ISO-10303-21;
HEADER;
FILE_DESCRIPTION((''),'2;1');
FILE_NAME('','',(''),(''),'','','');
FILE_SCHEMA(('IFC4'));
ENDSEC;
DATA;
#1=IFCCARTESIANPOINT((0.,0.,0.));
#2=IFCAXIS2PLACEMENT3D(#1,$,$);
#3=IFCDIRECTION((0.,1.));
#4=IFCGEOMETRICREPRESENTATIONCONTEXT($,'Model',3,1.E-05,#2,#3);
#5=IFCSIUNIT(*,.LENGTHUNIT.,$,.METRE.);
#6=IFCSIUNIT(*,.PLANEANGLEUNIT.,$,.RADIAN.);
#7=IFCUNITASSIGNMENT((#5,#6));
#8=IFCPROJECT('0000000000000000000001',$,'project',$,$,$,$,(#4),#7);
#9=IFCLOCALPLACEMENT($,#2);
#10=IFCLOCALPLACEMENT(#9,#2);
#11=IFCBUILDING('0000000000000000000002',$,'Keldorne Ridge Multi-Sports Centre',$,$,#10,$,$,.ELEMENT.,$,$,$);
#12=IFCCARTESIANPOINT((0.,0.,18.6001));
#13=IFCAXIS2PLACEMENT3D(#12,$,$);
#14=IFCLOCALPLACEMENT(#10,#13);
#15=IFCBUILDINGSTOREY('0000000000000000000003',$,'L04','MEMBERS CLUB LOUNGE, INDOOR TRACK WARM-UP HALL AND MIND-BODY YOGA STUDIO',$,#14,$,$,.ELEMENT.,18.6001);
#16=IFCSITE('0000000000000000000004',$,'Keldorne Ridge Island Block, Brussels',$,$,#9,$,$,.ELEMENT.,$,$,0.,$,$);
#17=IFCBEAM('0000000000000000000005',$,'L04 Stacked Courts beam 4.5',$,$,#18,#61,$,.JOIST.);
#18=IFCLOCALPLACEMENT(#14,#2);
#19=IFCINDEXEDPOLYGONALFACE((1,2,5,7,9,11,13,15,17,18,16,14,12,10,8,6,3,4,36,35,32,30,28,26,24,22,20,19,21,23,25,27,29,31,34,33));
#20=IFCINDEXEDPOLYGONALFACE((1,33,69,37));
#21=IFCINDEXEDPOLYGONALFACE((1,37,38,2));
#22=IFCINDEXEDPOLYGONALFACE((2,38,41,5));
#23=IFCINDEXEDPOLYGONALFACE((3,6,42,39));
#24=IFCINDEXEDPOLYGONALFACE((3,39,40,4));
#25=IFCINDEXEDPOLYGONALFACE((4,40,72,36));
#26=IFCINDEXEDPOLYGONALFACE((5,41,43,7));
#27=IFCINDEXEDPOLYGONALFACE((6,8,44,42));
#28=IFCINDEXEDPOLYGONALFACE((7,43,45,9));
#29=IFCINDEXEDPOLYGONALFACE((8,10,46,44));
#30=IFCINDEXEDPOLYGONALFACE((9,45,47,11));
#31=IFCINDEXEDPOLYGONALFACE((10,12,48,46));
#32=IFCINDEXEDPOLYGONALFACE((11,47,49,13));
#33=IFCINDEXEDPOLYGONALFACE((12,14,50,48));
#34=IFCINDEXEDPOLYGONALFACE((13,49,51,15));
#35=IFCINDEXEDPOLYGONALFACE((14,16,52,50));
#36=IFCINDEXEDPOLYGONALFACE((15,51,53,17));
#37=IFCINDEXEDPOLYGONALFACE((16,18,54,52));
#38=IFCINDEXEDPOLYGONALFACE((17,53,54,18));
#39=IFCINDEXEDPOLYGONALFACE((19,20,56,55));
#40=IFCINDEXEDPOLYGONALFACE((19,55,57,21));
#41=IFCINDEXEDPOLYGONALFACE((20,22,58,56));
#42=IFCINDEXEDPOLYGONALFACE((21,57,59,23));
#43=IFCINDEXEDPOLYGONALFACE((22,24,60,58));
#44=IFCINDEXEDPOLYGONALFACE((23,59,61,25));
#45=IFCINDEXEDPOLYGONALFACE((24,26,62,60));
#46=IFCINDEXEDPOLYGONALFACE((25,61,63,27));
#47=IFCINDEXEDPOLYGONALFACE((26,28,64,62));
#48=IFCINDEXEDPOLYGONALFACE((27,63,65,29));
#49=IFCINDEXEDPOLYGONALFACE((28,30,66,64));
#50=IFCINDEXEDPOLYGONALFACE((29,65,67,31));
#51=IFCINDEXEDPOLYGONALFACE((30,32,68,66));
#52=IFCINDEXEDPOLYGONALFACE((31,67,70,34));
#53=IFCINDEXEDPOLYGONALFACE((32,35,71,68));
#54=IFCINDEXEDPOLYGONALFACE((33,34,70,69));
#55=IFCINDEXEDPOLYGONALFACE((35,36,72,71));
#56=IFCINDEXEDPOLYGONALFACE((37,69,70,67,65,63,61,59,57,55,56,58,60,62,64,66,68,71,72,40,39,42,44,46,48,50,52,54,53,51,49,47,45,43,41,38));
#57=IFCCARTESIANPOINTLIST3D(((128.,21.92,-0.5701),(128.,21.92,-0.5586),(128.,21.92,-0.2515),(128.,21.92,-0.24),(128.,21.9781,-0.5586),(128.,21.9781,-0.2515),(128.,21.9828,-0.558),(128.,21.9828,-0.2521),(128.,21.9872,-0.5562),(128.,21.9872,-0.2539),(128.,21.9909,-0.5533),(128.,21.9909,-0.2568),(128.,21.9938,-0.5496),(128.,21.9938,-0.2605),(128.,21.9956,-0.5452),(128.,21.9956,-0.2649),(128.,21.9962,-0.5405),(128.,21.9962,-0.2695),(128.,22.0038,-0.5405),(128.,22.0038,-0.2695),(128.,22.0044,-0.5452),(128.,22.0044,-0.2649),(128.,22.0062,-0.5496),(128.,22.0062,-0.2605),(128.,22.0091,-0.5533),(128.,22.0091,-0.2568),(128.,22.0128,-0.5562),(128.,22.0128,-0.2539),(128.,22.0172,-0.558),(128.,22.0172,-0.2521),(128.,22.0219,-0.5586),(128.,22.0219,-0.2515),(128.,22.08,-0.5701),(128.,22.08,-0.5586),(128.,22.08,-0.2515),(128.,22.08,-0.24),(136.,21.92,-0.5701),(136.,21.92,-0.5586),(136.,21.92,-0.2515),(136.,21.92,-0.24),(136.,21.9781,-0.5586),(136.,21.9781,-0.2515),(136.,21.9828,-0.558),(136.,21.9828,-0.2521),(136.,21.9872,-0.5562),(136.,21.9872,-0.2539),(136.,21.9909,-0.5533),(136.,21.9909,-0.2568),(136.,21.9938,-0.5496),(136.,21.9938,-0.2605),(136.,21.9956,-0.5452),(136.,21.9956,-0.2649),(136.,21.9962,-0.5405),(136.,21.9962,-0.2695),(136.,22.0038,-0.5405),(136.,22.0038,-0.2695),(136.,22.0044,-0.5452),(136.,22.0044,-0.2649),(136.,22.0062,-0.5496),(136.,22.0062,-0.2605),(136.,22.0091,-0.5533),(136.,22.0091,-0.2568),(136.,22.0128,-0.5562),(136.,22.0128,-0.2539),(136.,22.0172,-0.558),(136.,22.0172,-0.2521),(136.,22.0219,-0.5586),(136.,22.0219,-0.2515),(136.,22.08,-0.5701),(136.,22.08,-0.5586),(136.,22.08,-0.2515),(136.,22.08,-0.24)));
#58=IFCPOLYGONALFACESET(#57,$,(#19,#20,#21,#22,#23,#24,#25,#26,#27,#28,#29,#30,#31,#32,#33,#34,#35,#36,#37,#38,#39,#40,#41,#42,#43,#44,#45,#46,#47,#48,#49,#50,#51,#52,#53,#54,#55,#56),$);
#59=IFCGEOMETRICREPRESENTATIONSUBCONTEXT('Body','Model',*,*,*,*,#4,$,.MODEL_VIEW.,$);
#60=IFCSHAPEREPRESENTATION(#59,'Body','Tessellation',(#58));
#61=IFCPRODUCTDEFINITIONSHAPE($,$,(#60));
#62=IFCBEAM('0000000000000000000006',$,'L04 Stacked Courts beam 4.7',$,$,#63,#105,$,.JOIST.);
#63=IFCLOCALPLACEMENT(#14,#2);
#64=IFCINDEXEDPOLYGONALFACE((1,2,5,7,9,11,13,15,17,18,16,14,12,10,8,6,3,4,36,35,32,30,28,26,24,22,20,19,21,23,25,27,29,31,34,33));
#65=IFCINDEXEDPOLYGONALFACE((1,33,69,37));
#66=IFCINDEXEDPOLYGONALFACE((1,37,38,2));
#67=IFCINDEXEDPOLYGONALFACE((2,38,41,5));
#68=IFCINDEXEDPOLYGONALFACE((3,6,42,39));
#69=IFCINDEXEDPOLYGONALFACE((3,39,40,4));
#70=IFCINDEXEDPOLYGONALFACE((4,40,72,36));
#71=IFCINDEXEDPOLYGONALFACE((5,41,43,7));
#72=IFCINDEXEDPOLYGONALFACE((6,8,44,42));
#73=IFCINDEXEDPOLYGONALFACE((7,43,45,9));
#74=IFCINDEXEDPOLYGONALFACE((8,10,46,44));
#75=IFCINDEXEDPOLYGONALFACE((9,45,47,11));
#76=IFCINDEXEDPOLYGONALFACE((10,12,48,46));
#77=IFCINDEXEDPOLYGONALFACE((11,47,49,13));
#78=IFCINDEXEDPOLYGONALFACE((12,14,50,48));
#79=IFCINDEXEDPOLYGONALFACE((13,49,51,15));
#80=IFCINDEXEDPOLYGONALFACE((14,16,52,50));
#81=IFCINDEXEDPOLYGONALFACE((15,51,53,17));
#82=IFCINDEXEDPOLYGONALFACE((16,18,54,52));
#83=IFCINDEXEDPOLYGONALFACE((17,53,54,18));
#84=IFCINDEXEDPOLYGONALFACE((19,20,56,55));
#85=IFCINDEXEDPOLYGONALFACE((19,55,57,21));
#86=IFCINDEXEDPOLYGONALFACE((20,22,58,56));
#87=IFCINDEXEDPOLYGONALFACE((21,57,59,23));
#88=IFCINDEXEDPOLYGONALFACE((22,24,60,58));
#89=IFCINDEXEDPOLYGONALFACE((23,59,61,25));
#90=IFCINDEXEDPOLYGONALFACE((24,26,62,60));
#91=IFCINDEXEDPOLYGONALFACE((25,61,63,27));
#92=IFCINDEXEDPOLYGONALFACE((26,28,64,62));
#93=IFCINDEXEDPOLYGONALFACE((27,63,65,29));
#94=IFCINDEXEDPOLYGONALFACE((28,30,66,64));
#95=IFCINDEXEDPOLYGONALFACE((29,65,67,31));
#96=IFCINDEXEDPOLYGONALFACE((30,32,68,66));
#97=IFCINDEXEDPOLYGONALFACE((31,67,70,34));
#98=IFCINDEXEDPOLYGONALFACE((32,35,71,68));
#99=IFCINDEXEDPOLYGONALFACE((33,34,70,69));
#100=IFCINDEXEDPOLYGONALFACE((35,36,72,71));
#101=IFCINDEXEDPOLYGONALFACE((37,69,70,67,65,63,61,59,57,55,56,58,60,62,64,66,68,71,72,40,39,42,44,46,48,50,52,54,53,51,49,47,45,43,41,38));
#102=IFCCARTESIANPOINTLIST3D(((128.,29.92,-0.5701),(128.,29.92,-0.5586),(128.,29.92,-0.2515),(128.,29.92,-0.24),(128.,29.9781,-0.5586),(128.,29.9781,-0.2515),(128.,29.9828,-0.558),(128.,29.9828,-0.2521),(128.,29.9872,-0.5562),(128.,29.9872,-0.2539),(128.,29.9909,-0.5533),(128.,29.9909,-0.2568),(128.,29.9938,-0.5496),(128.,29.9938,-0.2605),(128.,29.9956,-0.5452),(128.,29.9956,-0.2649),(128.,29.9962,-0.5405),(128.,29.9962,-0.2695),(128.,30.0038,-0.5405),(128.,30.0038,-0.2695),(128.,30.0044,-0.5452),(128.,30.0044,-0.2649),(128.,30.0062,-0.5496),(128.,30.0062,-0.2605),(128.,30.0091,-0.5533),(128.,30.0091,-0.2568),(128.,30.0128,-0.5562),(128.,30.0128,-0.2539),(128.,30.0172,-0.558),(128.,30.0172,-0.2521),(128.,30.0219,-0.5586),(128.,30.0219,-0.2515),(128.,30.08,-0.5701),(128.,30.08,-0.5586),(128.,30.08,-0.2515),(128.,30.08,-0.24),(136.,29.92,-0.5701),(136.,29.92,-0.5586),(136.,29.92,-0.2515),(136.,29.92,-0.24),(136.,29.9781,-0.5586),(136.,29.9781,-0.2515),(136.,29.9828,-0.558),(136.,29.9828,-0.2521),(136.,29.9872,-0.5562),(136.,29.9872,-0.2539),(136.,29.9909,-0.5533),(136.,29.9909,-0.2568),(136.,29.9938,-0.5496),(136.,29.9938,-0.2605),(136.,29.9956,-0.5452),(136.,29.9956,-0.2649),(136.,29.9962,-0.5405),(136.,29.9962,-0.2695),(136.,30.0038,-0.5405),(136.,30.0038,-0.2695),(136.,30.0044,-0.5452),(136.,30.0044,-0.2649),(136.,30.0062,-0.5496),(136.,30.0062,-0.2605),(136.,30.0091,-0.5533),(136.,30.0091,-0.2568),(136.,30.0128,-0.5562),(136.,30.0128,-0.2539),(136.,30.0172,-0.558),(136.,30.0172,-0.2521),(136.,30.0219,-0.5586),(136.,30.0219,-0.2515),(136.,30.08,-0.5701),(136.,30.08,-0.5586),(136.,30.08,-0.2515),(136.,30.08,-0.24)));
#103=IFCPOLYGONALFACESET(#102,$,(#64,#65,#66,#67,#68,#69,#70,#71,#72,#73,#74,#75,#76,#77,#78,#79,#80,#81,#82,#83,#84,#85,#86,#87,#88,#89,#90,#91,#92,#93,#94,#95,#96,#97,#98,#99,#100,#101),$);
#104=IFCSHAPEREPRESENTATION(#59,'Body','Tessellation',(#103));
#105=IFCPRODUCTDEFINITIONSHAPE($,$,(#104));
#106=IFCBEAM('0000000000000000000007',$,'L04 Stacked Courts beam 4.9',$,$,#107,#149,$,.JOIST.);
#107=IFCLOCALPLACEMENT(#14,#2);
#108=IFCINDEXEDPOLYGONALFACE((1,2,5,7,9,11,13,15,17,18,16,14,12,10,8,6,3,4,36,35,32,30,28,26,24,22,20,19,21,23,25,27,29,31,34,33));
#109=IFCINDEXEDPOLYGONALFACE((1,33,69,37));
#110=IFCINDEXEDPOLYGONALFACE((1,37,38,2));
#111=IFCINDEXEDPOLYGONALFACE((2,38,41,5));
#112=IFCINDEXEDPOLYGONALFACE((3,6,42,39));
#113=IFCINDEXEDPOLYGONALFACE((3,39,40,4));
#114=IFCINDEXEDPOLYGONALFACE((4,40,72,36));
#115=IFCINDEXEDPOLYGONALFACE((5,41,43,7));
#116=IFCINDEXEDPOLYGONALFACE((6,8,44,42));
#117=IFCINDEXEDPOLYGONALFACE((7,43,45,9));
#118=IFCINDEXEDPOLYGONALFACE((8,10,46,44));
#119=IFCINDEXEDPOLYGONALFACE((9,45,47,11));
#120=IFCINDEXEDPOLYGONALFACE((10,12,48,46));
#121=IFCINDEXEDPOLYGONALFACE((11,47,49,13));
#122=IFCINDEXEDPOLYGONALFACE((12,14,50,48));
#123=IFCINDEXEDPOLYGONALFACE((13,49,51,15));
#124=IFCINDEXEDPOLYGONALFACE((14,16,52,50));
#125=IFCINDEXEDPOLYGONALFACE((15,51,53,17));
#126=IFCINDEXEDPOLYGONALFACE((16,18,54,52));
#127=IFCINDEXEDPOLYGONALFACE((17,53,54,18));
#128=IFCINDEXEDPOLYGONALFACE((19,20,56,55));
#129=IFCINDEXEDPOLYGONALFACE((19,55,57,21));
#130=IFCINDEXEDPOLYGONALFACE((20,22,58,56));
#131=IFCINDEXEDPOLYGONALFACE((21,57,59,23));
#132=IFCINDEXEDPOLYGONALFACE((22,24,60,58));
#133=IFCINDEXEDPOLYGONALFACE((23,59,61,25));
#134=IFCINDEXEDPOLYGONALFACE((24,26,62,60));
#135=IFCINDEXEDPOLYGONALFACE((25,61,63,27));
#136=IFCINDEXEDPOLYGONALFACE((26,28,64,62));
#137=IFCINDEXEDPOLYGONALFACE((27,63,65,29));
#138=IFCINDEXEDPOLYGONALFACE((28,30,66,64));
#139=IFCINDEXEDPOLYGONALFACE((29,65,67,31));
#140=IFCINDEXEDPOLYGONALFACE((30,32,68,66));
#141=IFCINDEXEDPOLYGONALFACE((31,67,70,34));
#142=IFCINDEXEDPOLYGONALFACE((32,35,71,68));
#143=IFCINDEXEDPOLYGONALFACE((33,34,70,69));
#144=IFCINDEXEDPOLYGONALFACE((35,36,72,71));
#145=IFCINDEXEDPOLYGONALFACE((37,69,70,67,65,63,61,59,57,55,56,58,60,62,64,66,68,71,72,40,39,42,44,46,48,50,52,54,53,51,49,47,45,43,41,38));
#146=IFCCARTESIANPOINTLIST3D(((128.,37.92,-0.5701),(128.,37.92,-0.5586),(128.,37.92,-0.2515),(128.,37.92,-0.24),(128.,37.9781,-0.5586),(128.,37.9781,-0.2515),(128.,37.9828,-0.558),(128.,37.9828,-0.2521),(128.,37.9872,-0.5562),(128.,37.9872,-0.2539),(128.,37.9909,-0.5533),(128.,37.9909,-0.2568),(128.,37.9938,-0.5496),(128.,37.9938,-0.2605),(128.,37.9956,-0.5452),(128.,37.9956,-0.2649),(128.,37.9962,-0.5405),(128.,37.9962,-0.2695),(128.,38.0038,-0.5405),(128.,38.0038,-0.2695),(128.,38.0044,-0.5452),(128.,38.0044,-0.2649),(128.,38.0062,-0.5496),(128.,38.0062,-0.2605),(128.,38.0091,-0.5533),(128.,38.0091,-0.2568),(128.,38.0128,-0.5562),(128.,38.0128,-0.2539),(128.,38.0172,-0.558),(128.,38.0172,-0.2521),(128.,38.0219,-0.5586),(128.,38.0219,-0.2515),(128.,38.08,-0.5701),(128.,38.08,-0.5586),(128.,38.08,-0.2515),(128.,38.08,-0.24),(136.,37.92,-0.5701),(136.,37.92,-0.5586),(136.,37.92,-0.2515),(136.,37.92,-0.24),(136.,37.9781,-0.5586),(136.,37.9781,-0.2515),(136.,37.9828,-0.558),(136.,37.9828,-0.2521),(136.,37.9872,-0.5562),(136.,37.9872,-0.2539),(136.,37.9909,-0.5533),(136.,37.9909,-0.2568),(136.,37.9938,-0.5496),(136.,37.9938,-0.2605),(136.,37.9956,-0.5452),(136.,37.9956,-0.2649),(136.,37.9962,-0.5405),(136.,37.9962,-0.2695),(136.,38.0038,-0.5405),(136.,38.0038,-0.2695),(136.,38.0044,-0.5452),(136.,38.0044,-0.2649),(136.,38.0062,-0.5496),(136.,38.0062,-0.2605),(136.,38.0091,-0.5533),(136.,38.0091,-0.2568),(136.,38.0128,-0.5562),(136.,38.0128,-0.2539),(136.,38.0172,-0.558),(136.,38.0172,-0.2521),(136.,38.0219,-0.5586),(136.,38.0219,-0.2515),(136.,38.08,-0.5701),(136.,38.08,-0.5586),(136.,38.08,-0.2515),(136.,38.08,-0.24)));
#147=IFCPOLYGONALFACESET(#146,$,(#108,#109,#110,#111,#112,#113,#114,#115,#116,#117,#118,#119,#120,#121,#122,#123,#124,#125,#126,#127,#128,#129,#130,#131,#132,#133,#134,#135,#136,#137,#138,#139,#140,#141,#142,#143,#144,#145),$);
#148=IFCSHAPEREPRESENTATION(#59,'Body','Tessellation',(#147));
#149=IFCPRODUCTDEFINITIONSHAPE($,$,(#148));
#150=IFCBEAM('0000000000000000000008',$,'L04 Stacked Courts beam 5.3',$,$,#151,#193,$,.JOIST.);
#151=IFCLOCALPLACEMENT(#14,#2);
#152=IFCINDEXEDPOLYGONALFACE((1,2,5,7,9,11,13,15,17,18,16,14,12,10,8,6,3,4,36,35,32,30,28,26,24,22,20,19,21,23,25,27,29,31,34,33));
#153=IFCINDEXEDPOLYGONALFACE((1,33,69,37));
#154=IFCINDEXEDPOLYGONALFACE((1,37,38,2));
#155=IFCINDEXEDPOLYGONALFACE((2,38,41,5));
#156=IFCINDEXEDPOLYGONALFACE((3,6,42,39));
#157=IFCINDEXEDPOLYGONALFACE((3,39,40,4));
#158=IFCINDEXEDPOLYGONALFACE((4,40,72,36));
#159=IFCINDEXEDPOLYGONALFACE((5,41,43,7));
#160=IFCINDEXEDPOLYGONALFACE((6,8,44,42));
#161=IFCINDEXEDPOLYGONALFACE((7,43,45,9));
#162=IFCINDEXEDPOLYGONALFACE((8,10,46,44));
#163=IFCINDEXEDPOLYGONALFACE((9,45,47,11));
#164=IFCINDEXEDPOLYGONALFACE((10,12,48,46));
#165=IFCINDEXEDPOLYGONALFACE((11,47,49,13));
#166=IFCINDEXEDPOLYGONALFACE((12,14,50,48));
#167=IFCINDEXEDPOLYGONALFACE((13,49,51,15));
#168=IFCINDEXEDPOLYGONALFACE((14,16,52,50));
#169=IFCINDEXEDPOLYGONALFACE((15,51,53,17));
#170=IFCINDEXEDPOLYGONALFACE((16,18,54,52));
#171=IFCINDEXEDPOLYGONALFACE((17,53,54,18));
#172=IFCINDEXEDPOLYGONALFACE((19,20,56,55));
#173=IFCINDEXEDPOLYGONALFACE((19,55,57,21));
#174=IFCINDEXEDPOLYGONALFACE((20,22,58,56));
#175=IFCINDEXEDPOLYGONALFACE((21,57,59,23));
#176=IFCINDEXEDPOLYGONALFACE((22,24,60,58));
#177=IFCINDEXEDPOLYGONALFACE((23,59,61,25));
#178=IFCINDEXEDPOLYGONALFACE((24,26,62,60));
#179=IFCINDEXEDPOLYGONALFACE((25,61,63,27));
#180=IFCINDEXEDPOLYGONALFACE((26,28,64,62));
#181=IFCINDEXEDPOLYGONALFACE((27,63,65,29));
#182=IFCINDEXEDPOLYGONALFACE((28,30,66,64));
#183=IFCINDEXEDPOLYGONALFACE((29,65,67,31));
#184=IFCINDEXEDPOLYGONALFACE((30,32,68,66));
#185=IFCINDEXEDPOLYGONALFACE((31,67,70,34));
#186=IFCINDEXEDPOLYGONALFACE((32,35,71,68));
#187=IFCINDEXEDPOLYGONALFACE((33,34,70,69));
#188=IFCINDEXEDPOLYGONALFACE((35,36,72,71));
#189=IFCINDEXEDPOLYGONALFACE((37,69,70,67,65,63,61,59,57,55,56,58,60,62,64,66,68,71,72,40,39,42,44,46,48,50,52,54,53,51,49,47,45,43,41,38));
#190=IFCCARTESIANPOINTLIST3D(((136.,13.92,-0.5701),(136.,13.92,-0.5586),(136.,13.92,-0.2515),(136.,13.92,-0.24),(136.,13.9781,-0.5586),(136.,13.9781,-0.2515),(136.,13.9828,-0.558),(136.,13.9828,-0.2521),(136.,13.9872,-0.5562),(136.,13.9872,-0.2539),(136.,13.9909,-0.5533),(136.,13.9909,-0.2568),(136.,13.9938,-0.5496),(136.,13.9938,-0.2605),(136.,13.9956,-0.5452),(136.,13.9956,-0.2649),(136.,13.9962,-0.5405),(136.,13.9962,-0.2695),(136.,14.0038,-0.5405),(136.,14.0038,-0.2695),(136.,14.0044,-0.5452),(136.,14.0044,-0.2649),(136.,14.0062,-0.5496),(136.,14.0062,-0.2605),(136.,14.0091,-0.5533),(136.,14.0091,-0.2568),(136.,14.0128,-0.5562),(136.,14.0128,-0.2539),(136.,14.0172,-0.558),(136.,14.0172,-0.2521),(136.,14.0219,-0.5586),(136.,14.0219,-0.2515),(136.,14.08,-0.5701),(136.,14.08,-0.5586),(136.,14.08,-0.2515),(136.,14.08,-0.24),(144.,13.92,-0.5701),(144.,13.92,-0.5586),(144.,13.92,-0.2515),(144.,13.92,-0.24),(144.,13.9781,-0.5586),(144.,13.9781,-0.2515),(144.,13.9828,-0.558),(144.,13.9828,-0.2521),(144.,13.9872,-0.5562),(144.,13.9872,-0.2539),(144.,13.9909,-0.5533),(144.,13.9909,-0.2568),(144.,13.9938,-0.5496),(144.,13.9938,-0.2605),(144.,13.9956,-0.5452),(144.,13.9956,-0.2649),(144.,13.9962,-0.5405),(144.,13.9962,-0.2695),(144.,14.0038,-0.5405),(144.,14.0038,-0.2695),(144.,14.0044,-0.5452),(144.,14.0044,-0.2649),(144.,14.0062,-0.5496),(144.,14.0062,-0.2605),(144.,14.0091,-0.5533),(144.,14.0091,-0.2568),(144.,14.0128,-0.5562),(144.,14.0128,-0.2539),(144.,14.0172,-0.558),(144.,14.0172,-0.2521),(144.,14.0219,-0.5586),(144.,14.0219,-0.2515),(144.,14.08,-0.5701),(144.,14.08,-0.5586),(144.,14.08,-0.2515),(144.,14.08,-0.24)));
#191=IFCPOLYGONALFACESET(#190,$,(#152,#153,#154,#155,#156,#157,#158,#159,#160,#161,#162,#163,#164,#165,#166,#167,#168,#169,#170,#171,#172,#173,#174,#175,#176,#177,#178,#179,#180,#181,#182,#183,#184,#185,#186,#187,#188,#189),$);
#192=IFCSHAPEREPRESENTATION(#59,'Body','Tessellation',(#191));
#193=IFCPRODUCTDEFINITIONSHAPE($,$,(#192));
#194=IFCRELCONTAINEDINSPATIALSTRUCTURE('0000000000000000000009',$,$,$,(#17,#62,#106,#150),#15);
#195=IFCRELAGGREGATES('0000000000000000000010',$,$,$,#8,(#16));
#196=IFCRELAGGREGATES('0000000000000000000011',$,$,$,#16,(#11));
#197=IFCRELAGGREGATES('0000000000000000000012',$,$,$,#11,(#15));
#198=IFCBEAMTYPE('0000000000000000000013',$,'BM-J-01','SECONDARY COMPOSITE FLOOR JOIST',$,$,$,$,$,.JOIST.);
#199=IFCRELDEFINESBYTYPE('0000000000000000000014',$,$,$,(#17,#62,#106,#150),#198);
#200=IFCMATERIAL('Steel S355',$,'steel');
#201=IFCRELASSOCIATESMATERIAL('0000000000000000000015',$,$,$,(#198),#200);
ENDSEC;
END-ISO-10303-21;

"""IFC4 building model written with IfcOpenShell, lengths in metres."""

from ifc_helpers import new_model, si_unit, direction, frame, origin, origin_2d, place, context, subcontext, project, spatial, i_section, extrude, material, material_profile, profile_set, type_object, element, save


model = new_model("IFC4")

# Units and contexts
model_context = context("Model", 3, precision=1e-05, world=origin(), true_north=direction((0.0, 1.0)))
body_context = subcontext(model_context, "Body", "Model", "MODEL_VIEW")
ifc_project = project(units=[si_unit("LENGTHUNIT", "METRE"), si_unit("PLANEANGLEUNIT", "RADIAN")], contexts=[model_context])

# Site, building, storey
site_placement = place(None, origin())
site = spatial("IfcSite", under=ifc_project, at=site_placement, Name="Keldorne Ridge Island Block, Brussels", CompositionType="ELEMENT", RefElevation=0.0)
building_placement = place(site_placement, origin())
building = spatial("IfcBuilding", under=site, at=building_placement, Name="Keldorne Ridge Multi-Sports Centre", CompositionType="ELEMENT")
storey_placement = place(building_placement, frame((0.0, 0.0, 18.6001)))
storey = spatial("IfcBuildingStorey", under=building, at=storey_placement, Name="L04", Description="MEMBERS CLUB LOUNGE, INDOOR TRACK WARM-UP HALL AND MIND-BODY YOGA STUDIO", CompositionType="ELEMENT", Elevation=18.6001)

# Beams
ifc_material = material(Name="Steel S355", Category="steel")
ifc_material_profile_1 = material_profile(ifc_material, i_section(OverallWidth=0.1599, OverallDepth=0.3301, WebThickness=0.0076, FlangeThickness=0.0115, FilletRadius=0.0181, at=origin_2d()), Name="IPE 330")
ifc_profile_set_1 = profile_set([ifc_material_profile_1], Name="Steel S355")
beam_type_1 = type_object("IfcBeamType", Name="BM-J-01", Description="SECONDARY COMPOSITE FLOOR JOIST", PredefinedType="JOIST", material=ifc_profile_set_1)
for number, where, z_axis, x_axis, name in (
    (1, (128.0, 22.0, -0.405), (1.0, 0.0, 0.0), (0.0, 1.0, 0.0), "L04 Stacked Courts beam 4.5"),
    (2, (128.0, 30.0, -0.405), (1.0, 0.0, 0.0), (0.0, 1.0, 0.0), "L04 Stacked Courts beam 4.7"),
    (3, (128.0, 38.0, -0.405), (1.0, 0.0, 0.0), (0.0, 1.0, 0.0), "L04 Stacked Courts beam 4.9"),
    (4, (136.0, 14.0, -0.405), (1.0, 0.0, 0.0), (0.0, 1.0, 0.0), "L04 Stacked Courts beam 5.3"),
):
    element("IfcBeam", number, at=place(storey_placement, frame(where, z_axis=z_axis, x_axis=x_axis)), inside=storey, type_object=beam_type_1, Name=name, PredefinedType="JOIST", context=body_context, shape_type="SweptSolid", body=[
        extrude(i_section(OverallWidth=0.1599, OverallDepth=0.3301, WebThickness=0.0076, FlangeThickness=0.0115, FilletRadius=0.0181, at=origin_2d()), origin(), (0.0, 0.0, 1.0), 8.0),
    ])

save(model, "model.ifc")
